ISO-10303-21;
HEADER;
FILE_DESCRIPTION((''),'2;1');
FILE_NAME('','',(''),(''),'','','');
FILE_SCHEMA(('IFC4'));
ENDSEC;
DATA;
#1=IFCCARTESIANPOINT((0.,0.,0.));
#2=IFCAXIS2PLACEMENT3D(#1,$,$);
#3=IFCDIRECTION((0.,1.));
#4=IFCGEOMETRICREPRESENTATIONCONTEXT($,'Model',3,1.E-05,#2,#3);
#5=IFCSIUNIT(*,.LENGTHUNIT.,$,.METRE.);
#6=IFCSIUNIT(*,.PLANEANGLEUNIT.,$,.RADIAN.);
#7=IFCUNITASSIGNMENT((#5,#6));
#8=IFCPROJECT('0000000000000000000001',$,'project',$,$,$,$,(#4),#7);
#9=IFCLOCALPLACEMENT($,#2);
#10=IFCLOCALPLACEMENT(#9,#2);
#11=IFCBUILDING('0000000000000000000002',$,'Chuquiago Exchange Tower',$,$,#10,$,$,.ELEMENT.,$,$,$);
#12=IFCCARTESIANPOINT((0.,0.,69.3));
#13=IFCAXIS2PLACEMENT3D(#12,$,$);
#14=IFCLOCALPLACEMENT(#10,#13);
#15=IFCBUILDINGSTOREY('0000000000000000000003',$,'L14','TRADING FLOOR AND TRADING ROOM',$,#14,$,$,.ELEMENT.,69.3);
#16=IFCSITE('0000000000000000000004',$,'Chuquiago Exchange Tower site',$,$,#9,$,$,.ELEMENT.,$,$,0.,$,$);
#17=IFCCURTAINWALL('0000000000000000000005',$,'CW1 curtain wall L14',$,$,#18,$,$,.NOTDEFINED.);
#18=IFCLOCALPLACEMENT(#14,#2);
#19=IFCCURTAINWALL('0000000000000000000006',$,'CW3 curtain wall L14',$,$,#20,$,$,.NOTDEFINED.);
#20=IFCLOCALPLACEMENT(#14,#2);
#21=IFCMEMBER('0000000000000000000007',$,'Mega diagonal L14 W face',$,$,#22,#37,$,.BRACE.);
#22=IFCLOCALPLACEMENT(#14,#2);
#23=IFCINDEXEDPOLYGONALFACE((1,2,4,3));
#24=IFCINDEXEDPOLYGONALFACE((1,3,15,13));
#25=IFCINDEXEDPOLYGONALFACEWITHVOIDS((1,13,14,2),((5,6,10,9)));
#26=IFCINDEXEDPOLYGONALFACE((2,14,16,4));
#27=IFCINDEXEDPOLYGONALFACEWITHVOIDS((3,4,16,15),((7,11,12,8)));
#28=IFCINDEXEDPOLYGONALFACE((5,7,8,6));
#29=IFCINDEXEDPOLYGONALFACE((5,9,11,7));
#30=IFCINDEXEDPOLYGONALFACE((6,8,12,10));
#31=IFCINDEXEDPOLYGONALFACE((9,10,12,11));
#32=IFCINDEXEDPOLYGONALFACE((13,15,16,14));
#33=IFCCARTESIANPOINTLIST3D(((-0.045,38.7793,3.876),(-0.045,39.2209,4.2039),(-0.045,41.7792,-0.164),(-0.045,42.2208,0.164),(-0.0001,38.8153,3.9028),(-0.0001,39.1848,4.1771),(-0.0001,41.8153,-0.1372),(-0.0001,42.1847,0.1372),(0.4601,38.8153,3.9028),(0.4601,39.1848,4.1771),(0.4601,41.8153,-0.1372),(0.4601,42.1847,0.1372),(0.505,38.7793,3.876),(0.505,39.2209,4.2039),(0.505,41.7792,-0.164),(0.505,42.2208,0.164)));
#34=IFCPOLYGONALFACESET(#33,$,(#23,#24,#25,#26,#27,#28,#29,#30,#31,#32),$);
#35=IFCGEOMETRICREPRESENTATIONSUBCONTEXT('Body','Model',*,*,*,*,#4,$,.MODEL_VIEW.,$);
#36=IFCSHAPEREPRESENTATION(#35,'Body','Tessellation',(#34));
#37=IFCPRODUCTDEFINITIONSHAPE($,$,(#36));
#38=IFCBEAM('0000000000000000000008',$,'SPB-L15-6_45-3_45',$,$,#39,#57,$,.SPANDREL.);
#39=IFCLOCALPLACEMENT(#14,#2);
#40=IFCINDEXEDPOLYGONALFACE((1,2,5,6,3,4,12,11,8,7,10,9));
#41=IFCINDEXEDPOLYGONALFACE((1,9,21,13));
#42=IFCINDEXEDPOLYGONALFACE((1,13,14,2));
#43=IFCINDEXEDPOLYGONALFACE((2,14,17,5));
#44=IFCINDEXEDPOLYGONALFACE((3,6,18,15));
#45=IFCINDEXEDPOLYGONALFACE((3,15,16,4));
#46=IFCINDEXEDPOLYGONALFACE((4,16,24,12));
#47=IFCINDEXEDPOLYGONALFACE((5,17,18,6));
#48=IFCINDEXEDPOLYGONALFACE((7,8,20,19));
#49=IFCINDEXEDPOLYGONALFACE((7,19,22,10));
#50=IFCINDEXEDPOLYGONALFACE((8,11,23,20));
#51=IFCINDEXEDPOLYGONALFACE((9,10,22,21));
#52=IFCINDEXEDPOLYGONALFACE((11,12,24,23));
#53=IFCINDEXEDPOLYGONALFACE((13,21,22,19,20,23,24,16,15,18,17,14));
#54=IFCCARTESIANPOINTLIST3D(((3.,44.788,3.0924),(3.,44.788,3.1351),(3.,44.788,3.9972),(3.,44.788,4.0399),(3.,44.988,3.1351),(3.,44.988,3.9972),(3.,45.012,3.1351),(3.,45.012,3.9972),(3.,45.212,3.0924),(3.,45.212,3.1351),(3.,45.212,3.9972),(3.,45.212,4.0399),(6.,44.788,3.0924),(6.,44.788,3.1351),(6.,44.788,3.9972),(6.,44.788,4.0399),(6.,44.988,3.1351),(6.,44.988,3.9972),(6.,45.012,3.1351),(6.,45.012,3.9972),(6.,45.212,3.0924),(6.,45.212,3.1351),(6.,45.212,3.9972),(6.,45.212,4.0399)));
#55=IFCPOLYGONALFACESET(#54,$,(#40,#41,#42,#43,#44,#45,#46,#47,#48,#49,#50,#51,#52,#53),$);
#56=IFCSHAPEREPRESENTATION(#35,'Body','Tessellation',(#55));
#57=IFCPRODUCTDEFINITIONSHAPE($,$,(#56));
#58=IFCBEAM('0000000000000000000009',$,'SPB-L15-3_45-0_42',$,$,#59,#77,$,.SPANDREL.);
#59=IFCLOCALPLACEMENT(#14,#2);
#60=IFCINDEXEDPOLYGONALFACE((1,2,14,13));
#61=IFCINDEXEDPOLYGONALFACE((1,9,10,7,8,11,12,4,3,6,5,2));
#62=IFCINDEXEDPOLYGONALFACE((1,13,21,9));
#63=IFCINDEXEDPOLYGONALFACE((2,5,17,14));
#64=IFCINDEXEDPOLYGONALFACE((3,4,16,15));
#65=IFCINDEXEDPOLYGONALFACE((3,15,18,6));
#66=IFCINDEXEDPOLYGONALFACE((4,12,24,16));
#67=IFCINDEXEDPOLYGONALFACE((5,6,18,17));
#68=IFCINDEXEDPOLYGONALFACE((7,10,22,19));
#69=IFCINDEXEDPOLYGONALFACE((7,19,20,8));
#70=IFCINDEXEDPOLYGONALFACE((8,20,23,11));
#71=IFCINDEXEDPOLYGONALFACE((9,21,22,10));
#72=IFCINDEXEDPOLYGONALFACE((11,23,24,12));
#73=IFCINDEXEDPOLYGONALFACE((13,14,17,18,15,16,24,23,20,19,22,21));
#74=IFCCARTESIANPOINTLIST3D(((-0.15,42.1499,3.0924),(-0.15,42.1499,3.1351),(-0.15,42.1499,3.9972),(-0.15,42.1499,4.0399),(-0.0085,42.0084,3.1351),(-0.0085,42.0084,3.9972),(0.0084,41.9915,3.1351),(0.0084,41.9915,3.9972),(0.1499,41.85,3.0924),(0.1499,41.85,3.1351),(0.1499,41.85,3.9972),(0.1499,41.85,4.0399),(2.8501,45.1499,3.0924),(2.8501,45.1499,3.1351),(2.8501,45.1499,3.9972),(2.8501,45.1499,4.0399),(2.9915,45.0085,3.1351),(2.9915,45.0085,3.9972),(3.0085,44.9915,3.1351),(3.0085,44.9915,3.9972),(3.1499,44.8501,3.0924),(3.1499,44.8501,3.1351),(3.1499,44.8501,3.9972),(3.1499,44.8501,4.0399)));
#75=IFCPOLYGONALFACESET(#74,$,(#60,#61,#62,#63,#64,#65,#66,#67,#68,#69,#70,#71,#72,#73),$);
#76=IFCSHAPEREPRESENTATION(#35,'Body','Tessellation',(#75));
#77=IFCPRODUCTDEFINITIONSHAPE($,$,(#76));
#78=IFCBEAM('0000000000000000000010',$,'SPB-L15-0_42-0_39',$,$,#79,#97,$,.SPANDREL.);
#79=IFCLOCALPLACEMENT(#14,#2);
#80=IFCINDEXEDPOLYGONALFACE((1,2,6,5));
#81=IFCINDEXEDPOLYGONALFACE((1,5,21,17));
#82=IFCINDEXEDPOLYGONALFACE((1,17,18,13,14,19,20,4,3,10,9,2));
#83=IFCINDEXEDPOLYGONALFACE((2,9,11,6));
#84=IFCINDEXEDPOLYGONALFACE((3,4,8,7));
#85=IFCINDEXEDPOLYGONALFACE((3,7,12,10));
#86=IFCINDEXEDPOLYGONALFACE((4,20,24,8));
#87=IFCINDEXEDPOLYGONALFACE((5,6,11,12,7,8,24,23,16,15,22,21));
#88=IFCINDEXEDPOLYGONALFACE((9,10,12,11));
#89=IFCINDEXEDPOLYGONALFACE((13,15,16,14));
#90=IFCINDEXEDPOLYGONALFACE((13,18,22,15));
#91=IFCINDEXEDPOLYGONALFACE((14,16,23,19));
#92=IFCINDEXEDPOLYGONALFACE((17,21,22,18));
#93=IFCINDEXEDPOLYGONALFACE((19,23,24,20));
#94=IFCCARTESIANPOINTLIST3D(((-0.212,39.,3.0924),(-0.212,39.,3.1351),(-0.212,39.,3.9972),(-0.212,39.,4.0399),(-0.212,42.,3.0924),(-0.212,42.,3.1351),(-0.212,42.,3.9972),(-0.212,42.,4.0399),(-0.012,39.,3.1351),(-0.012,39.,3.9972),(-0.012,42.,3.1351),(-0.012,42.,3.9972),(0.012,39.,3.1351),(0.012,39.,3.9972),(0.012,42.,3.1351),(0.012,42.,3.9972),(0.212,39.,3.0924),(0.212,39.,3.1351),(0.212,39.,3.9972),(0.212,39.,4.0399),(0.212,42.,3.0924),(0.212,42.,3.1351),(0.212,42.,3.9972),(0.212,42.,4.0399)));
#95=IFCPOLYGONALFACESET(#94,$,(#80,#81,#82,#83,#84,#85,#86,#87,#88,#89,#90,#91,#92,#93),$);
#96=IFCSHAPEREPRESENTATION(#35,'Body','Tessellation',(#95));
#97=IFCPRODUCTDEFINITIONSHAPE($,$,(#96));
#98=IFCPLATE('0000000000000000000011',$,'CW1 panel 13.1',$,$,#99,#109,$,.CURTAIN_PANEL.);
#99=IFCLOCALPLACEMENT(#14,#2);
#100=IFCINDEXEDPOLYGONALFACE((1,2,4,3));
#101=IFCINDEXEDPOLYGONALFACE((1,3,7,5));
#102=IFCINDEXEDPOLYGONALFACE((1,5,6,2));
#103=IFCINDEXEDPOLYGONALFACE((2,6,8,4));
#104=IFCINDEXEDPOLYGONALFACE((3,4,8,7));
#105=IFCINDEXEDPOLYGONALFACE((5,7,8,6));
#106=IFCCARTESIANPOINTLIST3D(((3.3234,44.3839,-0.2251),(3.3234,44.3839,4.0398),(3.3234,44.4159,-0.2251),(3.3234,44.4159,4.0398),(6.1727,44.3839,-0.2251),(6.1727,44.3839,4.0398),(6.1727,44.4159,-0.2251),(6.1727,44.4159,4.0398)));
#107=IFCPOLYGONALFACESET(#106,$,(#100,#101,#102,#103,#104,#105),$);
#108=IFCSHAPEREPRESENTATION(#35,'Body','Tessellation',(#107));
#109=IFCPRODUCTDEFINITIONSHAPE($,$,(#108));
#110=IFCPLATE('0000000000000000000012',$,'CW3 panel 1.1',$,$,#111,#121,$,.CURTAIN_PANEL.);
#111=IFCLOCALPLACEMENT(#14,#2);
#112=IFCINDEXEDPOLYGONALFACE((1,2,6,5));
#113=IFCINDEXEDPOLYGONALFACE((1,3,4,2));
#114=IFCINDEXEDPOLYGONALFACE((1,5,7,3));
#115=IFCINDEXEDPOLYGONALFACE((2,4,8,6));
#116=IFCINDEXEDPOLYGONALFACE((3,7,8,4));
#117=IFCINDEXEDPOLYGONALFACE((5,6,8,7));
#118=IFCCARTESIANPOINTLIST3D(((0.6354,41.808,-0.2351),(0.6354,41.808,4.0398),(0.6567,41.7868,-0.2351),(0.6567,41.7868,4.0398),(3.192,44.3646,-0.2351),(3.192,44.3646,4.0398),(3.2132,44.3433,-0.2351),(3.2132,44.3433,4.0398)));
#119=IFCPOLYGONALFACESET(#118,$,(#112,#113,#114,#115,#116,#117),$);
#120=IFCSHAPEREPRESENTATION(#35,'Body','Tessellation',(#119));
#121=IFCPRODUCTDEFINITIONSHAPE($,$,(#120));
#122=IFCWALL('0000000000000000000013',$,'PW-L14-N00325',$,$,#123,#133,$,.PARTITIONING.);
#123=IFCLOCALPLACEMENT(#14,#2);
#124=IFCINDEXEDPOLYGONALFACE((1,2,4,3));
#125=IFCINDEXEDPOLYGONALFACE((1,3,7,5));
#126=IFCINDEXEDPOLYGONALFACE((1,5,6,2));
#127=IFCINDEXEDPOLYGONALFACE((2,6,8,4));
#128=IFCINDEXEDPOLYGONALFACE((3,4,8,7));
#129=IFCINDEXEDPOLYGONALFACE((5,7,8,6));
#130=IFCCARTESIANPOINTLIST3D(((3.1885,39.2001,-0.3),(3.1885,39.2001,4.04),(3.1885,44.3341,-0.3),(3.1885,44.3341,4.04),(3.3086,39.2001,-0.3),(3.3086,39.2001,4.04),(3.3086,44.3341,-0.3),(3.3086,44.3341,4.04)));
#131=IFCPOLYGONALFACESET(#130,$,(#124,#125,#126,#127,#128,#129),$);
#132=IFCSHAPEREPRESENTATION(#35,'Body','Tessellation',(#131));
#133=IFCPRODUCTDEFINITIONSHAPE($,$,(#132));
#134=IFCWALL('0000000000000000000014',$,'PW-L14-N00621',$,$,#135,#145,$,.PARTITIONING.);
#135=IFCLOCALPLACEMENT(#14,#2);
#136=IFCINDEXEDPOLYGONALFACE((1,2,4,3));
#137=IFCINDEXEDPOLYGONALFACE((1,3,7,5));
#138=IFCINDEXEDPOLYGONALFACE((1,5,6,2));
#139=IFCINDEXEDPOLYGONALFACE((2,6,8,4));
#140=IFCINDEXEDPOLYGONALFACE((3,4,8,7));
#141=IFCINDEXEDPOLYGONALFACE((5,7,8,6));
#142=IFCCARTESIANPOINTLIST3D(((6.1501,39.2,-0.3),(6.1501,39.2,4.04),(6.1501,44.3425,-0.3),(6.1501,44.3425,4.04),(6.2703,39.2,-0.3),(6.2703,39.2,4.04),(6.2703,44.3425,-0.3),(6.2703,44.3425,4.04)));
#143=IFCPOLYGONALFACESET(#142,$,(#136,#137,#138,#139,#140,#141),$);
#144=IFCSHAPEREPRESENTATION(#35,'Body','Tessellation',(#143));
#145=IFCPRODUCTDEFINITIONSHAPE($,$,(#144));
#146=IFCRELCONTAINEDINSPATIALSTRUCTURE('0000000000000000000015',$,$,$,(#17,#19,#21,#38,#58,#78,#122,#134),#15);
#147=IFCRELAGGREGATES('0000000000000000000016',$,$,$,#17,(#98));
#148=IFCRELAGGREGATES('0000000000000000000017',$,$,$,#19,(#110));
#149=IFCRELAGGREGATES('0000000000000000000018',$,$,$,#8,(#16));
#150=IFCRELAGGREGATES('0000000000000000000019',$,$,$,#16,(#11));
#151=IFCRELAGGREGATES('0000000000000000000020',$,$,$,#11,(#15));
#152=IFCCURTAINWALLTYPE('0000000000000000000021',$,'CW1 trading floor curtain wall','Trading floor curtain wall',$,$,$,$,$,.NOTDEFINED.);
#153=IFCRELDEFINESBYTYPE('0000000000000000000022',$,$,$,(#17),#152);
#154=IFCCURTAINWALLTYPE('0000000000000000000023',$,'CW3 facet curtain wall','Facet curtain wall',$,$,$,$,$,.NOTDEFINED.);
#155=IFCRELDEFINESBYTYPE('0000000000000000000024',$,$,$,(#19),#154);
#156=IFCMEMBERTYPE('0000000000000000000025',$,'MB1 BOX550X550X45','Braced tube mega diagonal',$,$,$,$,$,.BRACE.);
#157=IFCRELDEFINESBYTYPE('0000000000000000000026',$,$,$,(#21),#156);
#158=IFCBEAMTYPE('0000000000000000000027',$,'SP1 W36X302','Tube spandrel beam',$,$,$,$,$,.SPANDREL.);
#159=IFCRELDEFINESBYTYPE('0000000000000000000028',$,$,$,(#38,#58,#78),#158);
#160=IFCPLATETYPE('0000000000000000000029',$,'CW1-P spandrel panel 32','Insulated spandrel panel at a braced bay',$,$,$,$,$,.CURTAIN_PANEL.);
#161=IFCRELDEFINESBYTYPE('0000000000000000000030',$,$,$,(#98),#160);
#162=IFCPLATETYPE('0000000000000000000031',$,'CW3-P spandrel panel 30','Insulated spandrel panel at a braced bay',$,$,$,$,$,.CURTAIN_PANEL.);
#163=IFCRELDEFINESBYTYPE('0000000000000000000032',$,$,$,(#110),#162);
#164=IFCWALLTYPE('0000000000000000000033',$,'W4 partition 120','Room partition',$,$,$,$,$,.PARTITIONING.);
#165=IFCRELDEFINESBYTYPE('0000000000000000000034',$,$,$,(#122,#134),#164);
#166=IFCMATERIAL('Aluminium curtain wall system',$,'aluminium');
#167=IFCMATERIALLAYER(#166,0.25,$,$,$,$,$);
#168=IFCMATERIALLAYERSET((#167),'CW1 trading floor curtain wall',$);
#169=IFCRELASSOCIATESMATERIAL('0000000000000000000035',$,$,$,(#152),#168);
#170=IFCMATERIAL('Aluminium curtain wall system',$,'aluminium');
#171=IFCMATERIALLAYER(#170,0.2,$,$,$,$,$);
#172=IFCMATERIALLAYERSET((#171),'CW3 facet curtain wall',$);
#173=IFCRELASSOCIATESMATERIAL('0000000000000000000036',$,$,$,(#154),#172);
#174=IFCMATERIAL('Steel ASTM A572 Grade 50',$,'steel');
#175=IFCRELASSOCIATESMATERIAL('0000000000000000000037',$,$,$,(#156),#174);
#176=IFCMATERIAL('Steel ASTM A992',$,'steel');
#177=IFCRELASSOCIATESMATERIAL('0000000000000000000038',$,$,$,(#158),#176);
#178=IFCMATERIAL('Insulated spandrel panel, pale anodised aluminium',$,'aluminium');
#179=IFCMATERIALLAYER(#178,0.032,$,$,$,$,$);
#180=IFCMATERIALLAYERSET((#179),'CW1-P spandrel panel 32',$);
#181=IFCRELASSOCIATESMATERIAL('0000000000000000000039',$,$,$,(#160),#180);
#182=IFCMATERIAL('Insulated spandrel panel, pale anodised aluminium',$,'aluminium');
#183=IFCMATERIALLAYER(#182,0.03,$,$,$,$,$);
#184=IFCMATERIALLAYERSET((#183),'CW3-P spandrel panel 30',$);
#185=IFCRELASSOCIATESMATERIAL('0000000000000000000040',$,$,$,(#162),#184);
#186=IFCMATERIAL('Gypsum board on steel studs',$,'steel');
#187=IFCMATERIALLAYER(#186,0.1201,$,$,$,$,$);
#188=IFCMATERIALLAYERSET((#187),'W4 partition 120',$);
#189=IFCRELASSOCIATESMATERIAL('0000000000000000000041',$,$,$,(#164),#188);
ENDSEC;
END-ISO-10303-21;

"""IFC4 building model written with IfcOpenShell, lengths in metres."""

from ifc_helpers import new_model, si_unit, direction, frame, frame_2d, origin, origin_2d, place, context, subcontext, project, spatial, rectangle, hollow_rectangle, i_section, extrude, material, layer, layer_set, material_profile, profile_set, type_object, element, aggregate, save


model = new_model("IFC4")

# Units and contexts
model_context = context("Model", 3, precision=1e-05, world=origin(), true_north=direction((0.0, 1.0)))
body_context = subcontext(model_context, "Body", "Model", "MODEL_VIEW")
ifc_project = project(units=[si_unit("LENGTHUNIT", "METRE"), si_unit("PLANEANGLEUNIT", "RADIAN")], contexts=[model_context])

# Site, building, storey
site_placement = place(None, origin())
site = spatial("IfcSite", under=ifc_project, at=site_placement, Name="Chuquiago Exchange Tower site", CompositionType="ELEMENT", RefElevation=0.0)
building_placement = place(site_placement, origin())
building = spatial("IfcBuilding", under=site, at=building_placement, Name="Chuquiago Exchange Tower", CompositionType="ELEMENT")
storey_placement = place(building_placement, frame((0.0, 0.0, 69.3)))
storey = spatial("IfcBuildingStorey", under=building, at=storey_placement, Name="L14", Description="TRADING FLOOR AND TRADING ROOM", CompositionType="ELEMENT", Elevation=69.3)

# Curtain walls
ifc_material_1 = material(Name="Aluminium curtain wall system", Category="aluminium")
ifc_layer_1 = layer(ifc_material_1, 0.25)
ifc_layer_set_1 = layer_set([ifc_layer_1], Name="CW1 trading floor curtain wall")
curtain_wall_type_1 = type_object("IfcCurtainWallType", Name="CW1 trading floor curtain wall", Description="Trading floor curtain wall", PredefinedType="NOTDEFINED", material=ifc_layer_set_1)
curtain_wall_1_placement = place(storey_placement, origin())
curtain_wall_1 = element("IfcCurtainWall", 1, at=curtain_wall_1_placement, inside=storey, type_object=curtain_wall_type_1, Name="CW1 curtain wall L14", PredefinedType="NOTDEFINED")
ifc_material_2 = material(Name="Aluminium curtain wall system", Category="aluminium")
ifc_layer_2 = layer(ifc_material_2, 0.2)
ifc_layer_set_2 = layer_set([ifc_layer_2], Name="CW3 facet curtain wall")
curtain_wall_type_2 = type_object("IfcCurtainWallType", Name="CW3 facet curtain wall", Description="Facet curtain wall", PredefinedType="NOTDEFINED", material=ifc_layer_set_2)
curtain_wall_2_placement = place(storey_placement, origin())
curtain_wall_2 = element("IfcCurtainWall", 2, at=curtain_wall_2_placement, inside=storey, type_object=curtain_wall_type_2, Name="CW3 curtain wall L14", PredefinedType="NOTDEFINED")

# Member
ifc_material_3 = material(Name="Steel ASTM A572 Grade 50", Category="steel")
ifc_material_profile_1 = material_profile(ifc_material_3, hollow_rectangle(XDim=0.55, YDim=0.55, WallThickness=0.0449, at=origin_2d()), Name="BOX550X550X45")
ifc_profile_set_1 = profile_set([ifc_material_profile_1], Name="Steel ASTM A572 Grade 50")
member_type_1 = type_object("IfcMemberType", Name="MB1 BOX550X550X45", Description="Braced tube mega diagonal", PredefinedType="BRACE", material=ifc_profile_set_1)
for number, where, z_axis, x_axis, name in (
    (3, (0.23, 42.0, 0.0), (0.0, -0.596174, 0.802855), (1.0, 0.0, 0.0), "Mega diagonal L14 W face"),
):
    element("IfcMember", number, at=place(storey_placement, frame(where, z_axis=z_axis, x_axis=x_axis)), inside=storey, type_object=member_type_1, Name=name, PredefinedType="BRACE", context=body_context, shape_type="SweptSolid", body=[
        extrude(hollow_rectangle(XDim=0.55, YDim=0.55, WallThickness=0.0449, at=origin_2d()), origin(), (0.0, 0.0, 1.0), 5.032),
    ])

# Beams
ifc_material_4 = material(Name="Steel ASTM A992", Category="steel")
ifc_material_profile_2 = material_profile(ifc_material_4, i_section(OverallWidth=0.4241, OverallDepth=0.9475, WebThickness=0.0239, FlangeThickness=0.0427, at=origin_2d()), Name="W36X302")
ifc_profile_set_2 = profile_set([ifc_material_profile_2], Name="Steel ASTM A992")
beam_type = type_object("IfcBeamType", Name="SP1 W36X302", Description="Tube spandrel beam", PredefinedType="SPANDREL", material=ifc_profile_set_2)
beam_1_placement = place(storey_placement, frame((6.0, 45.0, 3.5662), z_axis=(-1.0, 0.0, 0.0), x_axis=(0.0, -1.0, 0.0)))
element("IfcBeam", 4, at=beam_1_placement, inside=storey, type_object=beam_type, Name="SPB-L15-6_45-3_45", PredefinedType="SPANDREL", context=body_context, shape_type="SweptSolid", body=[
    extrude(i_section(OverallWidth=0.4241, OverallDepth=0.9475, WebThickness=0.0239, FlangeThickness=0.0427, at=origin_2d()), origin(), (0.0, 0.0, 1.0), 3.0),
])
beam_2_placement = place(storey_placement, frame((3.0, 45.0, 3.5662), z_axis=(-0.707107, -0.707107, 0.0), x_axis=(0.707107, -0.707107, 0.0)))
element("IfcBeam", 5, at=beam_2_placement, inside=storey, type_object=beam_type, Name="SPB-L15-3_45-0_42", PredefinedType="SPANDREL", context=body_context, shape_type="SweptSolid", body=[
    extrude(i_section(OverallWidth=0.4241, OverallDepth=0.9475, WebThickness=0.0239, FlangeThickness=0.0427, at=origin_2d()), origin(), (0.0, 0.0, 1.0), 4.2427),
])
beam_3_placement = place(storey_placement, frame((0.0, 42.0, 3.5662), z_axis=(0.0, -1.0, 0.0), x_axis=(1.0, 0.0, 0.0)))
element("IfcBeam", 6, at=beam_3_placement, inside=storey, type_object=beam_type, Name="SPB-L15-0_42-0_39", PredefinedType="SPANDREL", context=body_context, shape_type="SweptSolid", body=[
    extrude(i_section(OverallWidth=0.4241, OverallDepth=0.9475, WebThickness=0.0239, FlangeThickness=0.0427, at=origin_2d()), origin(), (0.0, 0.0, 1.0), 3.0),
])

# Plates
ifc_material_5 = material(Name="Insulated spandrel panel, pale anodised aluminium", Category="aluminium")
ifc_layer_3 = layer(ifc_material_5, 0.032)
ifc_layer_set_3 = layer_set([ifc_layer_3], Name="CW1-P spandrel panel 32")
plate_type_1 = type_object("IfcPlateType", Name="CW1-P spandrel panel 32", Description="Insulated spandrel panel at a braced bay", PredefinedType="CURTAIN_PANEL", material=ifc_layer_set_3)
plate_1_placement = place(storey_placement, frame((4.748, 44.3999, -0.2251), z_axis=(0.0, 0.0, 1.0), x_axis=(-1.0, 0.0, 0.0)))
plate_1 = element("IfcPlate", 7, at=plate_1_placement, type_object=plate_type_1, Name="CW1 panel 13.1", PredefinedType="CURTAIN_PANEL", context=body_context, shape_type="SweptSolid", body=[
    extrude(rectangle(XDim=2.8494, YDim=0.032, at=origin_2d()), origin(), (0.0, 0.0, 1.0), 4.2649),
])
aggregate(curtain_wall_1, [plate_1])
ifc_material_6 = material(Name="Insulated spandrel panel, pale anodised aluminium", Category="aluminium")
ifc_layer_4 = layer(ifc_material_6, 0.03)
ifc_layer_set_4 = layer_set([ifc_layer_4], Name="CW3-P spandrel panel 30")
plate_type_2 = type_object("IfcPlateType", Name="CW3-P spandrel panel 30", Description="Insulated spandrel panel at a braced bay", PredefinedType="CURTAIN_PANEL", material=ifc_layer_set_4)
plate_2_placement = place(storey_placement, frame((1.9243, 43.0757, -0.2351), z_axis=(0.0, 0.0, 1.0), x_axis=(-0.707107, -0.707107, 0.0)))
plate_2 = element("IfcPlate", 8, at=plate_2_placement, type_object=plate_type_2, Name="CW3 panel 1.1", PredefinedType="CURTAIN_PANEL", context=body_context, shape_type="SweptSolid", body=[
    extrude(rectangle(XDim=3.6155, YDim=0.03, at=origin_2d()), origin(), (0.0, 0.0, 1.0), 4.2749),
])
aggregate(curtain_wall_2, [plate_2])

# Walls
ifc_material_7 = material(Name="Gypsum board on steel studs", Category="steel")
ifc_layer_5 = layer(ifc_material_7, 0.1201)
ifc_layer_set_5 = layer_set([ifc_layer_5], Name="W4 partition 120")
wall_type = type_object("IfcWallType", Name="W4 partition 120", Description="Room partition", PredefinedType="PARTITIONING", material=ifc_layer_set_5)
wall_1_placement = place(storey_placement, frame((3.2485, 44.334, -0.3), z_axis=(0.0, 0.0, 1.0), x_axis=(0.0, -1.0, 0.0)))
element("IfcWall", 9, at=wall_1_placement, inside=storey, type_object=wall_type, Name="PW-L14-N00325", PredefinedType="PARTITIONING", context=body_context, shape_type="SweptSolid", body=[
    extrude(rectangle(XDim=5.134, YDim=0.1201, at=frame_2d((2.5669, 0.0))), origin(), (0.0, 0.0, 1.0), 4.3401),
])
wall_2_placement = place(storey_placement, frame((6.2102, 44.3425, -0.3), z_axis=(0.0, 0.0, 1.0), x_axis=(0.0, -1.0, 0.0)))
element("IfcWall", 10, at=wall_2_placement, inside=storey, type_object=wall_type, Name="PW-L14-N00621", PredefinedType="PARTITIONING", context=body_context, shape_type="SweptSolid", body=[
    extrude(rectangle(XDim=5.1426, YDim=0.1201, at=frame_2d((2.5713, 0.0))), origin(), (0.0, 0.0, 1.0), 4.3401),
])

save(model, "model.ifc")
